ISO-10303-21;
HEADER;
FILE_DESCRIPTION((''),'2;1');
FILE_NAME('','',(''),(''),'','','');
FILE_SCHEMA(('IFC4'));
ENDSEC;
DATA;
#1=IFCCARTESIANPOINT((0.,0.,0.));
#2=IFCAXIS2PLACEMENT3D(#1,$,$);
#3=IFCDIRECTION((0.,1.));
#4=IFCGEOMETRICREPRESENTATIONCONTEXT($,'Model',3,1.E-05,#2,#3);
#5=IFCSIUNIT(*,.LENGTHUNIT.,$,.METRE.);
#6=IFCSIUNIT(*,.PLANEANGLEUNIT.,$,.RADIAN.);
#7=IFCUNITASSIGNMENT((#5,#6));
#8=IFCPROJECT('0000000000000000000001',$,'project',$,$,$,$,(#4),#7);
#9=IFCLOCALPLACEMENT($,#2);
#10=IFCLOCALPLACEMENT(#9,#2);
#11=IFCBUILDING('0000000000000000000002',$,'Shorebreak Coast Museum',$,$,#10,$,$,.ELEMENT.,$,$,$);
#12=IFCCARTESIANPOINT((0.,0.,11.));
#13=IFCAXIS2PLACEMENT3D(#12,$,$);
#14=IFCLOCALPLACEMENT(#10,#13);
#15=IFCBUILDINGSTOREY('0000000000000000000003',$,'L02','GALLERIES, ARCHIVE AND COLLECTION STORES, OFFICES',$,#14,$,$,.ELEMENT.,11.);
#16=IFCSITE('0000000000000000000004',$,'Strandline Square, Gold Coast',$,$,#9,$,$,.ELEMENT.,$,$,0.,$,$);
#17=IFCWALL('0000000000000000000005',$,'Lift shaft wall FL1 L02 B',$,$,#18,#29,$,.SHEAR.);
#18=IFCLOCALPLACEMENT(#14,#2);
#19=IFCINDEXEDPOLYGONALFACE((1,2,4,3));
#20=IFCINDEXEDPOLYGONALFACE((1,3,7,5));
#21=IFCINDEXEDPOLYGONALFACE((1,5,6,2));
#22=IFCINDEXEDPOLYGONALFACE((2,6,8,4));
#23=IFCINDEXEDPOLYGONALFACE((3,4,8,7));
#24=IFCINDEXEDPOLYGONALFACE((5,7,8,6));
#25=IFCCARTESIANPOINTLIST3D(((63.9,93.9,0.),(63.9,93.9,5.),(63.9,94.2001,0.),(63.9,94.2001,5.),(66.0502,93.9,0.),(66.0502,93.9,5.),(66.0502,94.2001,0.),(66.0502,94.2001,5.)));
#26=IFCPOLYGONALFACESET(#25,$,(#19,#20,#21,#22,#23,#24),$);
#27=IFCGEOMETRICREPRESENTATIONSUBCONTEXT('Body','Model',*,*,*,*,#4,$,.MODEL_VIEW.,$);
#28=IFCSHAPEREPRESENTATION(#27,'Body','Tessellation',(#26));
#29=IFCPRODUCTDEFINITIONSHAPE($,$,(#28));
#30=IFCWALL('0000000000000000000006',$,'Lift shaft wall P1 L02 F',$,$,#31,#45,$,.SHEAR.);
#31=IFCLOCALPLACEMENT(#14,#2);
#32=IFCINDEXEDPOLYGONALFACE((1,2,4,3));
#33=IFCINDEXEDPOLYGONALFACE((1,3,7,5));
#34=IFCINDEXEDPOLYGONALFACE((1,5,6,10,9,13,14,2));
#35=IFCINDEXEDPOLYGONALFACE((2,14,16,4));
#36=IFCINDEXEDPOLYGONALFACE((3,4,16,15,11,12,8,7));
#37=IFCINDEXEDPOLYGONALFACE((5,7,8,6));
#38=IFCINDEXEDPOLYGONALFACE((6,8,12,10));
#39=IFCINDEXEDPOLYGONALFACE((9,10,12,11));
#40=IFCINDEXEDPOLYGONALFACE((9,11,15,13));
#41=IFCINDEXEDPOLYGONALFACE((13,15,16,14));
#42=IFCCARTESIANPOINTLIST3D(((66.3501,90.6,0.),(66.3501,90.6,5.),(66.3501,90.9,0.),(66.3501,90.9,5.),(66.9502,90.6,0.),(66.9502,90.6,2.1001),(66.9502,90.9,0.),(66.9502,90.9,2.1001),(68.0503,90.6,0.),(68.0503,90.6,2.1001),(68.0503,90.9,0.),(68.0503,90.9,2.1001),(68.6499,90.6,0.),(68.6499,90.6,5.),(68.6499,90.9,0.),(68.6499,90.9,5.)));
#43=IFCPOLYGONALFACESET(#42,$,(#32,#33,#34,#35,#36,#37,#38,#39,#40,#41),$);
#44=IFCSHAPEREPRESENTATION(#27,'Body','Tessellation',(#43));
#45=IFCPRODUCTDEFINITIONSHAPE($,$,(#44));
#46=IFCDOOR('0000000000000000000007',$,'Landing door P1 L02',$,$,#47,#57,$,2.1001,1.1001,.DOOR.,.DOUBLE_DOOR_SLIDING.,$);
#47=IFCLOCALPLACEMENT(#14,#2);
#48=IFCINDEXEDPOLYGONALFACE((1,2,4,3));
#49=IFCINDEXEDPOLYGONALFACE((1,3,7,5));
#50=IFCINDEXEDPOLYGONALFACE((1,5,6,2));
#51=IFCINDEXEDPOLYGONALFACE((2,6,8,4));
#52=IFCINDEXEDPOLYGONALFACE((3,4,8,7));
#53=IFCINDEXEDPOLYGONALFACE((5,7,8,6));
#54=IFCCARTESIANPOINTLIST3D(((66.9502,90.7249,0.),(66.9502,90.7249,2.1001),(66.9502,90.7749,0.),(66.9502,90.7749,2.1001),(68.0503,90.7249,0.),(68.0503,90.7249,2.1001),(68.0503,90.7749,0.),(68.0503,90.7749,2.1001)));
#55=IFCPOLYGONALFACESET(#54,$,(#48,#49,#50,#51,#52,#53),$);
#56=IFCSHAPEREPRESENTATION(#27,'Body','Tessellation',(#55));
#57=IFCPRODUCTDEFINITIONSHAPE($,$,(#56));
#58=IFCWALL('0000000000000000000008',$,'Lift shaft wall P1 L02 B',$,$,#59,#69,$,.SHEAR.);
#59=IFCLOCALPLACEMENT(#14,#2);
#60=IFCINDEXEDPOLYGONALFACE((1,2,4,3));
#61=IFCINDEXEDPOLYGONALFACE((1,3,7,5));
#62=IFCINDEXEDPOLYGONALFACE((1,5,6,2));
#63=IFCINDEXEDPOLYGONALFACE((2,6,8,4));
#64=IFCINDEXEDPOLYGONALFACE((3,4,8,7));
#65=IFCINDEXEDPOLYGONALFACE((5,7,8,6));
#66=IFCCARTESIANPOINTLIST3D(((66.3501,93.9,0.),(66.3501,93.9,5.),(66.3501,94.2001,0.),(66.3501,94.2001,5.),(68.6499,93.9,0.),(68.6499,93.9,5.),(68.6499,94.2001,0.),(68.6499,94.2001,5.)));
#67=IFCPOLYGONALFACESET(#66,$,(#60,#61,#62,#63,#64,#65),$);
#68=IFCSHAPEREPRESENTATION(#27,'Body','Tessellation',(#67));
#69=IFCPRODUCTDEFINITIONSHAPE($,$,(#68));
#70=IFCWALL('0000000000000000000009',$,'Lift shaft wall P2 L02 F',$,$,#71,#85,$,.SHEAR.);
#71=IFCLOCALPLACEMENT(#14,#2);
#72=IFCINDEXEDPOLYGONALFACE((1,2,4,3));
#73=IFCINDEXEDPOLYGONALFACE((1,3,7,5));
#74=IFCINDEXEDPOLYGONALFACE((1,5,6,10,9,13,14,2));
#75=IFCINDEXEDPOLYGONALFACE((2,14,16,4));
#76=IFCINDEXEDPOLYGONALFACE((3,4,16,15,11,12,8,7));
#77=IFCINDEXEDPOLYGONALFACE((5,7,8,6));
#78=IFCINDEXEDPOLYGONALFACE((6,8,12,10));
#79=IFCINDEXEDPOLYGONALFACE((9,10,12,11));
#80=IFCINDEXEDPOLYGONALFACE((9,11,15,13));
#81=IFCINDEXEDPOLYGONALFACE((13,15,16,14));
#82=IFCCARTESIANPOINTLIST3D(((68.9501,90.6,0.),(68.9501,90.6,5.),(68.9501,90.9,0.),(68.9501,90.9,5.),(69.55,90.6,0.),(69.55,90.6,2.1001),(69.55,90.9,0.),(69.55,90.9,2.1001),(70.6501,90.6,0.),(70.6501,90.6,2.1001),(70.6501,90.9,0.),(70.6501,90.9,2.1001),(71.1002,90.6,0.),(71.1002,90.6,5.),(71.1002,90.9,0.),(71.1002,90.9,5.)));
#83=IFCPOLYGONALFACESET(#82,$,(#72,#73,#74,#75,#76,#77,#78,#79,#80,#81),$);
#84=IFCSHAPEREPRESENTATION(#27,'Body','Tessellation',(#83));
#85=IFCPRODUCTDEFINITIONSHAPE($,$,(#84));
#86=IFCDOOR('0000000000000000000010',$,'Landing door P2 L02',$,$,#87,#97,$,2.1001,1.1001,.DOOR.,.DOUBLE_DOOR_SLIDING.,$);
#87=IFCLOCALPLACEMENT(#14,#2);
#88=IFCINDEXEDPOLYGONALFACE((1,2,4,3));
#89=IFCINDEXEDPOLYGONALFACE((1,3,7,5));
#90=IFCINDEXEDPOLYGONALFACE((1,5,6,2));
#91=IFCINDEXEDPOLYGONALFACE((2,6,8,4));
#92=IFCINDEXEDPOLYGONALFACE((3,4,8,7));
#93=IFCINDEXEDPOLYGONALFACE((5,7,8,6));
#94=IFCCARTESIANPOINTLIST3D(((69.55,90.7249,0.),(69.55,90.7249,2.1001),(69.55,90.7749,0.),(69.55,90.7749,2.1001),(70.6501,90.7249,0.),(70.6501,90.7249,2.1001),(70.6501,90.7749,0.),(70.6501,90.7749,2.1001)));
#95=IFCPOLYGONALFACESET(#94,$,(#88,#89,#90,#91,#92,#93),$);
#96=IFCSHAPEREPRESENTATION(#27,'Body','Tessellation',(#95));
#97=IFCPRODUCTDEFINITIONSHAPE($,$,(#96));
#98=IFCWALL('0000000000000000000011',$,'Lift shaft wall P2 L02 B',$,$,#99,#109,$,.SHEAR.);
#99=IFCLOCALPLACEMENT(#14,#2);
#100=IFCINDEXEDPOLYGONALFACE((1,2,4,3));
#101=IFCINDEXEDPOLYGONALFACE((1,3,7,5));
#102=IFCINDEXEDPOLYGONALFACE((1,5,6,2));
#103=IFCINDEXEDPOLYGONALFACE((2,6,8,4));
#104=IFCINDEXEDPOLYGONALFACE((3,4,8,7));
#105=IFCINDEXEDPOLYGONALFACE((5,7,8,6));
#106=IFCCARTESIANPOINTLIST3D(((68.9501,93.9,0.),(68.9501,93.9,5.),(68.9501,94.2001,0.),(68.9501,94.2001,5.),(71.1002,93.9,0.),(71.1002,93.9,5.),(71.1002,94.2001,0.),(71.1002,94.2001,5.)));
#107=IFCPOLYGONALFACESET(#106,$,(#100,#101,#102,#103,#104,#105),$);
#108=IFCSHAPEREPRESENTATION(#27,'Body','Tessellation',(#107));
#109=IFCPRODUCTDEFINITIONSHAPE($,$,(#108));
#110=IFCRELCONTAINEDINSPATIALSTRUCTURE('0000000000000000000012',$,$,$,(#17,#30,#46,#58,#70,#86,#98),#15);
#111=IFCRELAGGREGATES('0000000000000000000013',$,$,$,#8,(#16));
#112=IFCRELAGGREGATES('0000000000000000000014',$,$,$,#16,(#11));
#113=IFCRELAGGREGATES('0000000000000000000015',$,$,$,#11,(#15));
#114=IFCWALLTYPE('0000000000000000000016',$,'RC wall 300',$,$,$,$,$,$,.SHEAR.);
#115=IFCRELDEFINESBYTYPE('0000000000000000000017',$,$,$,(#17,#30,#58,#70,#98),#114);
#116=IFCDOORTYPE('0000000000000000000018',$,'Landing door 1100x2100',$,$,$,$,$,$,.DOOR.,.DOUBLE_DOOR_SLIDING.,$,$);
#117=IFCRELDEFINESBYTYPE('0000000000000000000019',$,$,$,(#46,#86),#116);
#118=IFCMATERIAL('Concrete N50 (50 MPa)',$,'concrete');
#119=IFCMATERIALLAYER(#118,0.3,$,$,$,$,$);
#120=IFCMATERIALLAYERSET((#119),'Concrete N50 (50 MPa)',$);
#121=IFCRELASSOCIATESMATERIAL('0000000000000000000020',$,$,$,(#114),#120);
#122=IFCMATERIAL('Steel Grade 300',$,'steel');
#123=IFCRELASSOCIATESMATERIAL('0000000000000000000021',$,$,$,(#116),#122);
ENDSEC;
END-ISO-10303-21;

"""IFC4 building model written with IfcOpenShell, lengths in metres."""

from ifc_helpers import new_model, si_unit, direction, frame, frame_2d, origin, place, context, subcontext, project, spatial, rectangle, extrude, material, layer, layer_set, type_object, element, fill, save


model = new_model("IFC4")

# Units and contexts
model_context = context("Model", 3, precision=1e-05, world=origin(), true_north=direction((0.0, 1.0)))
body_context = subcontext(model_context, "Body", "Model", "MODEL_VIEW")
ifc_project = project(units=[si_unit("LENGTHUNIT", "METRE"), si_unit("PLANEANGLEUNIT", "RADIAN")], contexts=[model_context])

# Site, building, storey
site_placement = place(None, origin())
site = spatial("IfcSite", under=ifc_project, at=site_placement, Name="Strandline Square, Gold Coast", CompositionType="ELEMENT", RefElevation=0.0)
building_placement = place(site_placement, origin())
building = spatial("IfcBuilding", under=site, at=building_placement, Name="Shorebreak Coast Museum", CompositionType="ELEMENT")
storey_placement = place(building_placement, frame((0.0, 0.0, 11.0)))
storey = spatial("IfcBuildingStorey", under=building, at=storey_placement, Name="L02", Description="GALLERIES, ARCHIVE AND COLLECTION STORES, OFFICES", CompositionType="ELEMENT", Elevation=11.0)

# Wall
ifc_material_1 = material(Name="Concrete N50 (50 MPa)", Category="concrete")
ifc_layer_1 = layer(ifc_material_1, 0.3)
ifc_layer_set_1 = layer_set([ifc_layer_1], Name="Concrete N50 (50 MPa)")
wall_type_1 = type_object("IfcWallType", Name="RC wall 300", PredefinedType="SHEAR", material=ifc_layer_set_1)
wall_1_placement = place(storey_placement, frame((63.8999, 94.05, 0.0), z_axis=(0.0, 0.0, 1.0), x_axis=(1.0, 0.0, 0.0)))
element("IfcWall", 1, at=wall_1_placement, inside=storey, type_object=wall_type_1, Name="Lift shaft wall FL1 L02 B", PredefinedType="SHEAR", context=body_context, shape_type="SweptSolid", body=[
    extrude(rectangle(XDim=2.1501, YDim=0.3, at=frame_2d((1.0752, 0.0))), origin(), (0.0, 0.0, 1.0), 5.0),
])

# Wall, opening, door
wall_2_placement = place(storey_placement, frame((66.3501, 90.75, 0.0), z_axis=(0.0, 0.0, 1.0), x_axis=(1.0, 0.0, 0.0)))
wall_2 = element("IfcWall", 2, at=wall_2_placement, inside=storey, type_object=wall_type_1, Name="Lift shaft wall P1 L02 F", PredefinedType="SHEAR", context=body_context, shape_type="SweptSolid", body=[
    extrude(rectangle(XDim=2.2998, YDim=0.3, at=frame_2d((1.1499, 0.0))), origin(), (0.0, 0.0, 1.0), 5.0),
])
opening_1_placement = place(wall_2_placement, frame((0.6001, 0.0, 0.0)))
opening_1 = element("IfcOpeningElement", 3, at=opening_1_placement, cuts=wall_2, PredefinedType="OPENING", context=body_context, shape_type="SweptSolid", body=[
    extrude(rectangle(XDim=1.1001, YDim=2.1001, at=frame_2d((0.55, 1.05))), frame((0.0, 0.1599, 0.0), z_axis=(0.0, -1.0, 0.0), x_axis=(1.0, 0.0, 0.0)), (0.0, 0.0, 1.0), 0.3201),
])
ifc_material_2 = material(Name="Steel Grade 300", Category="steel")
door_type_1 = type_object("IfcDoorType", Name="Landing door 1100x2100", OperationType="DOUBLE_DOOR_SLIDING", PredefinedType="DOOR", material=ifc_material_2)
door_1_placement = place(opening_1_placement, origin())
door_1 = element("IfcDoor", 4, at=door_1_placement, inside=storey, type_object=door_type_1, Name="Landing door P1 L02", OperationType="DOUBLE_DOOR_SLIDING", OverallHeight=2.1001, OverallWidth=1.1001, PredefinedType="DOOR", context=body_context, shape_type="SweptSolid", body=[
    extrude(rectangle(XDim=1.1001, YDim=2.1001, at=frame_2d((0.55, 1.05))), frame((0.0, 0.0249, 0.0), z_axis=(0.0, -1.0, 0.0), x_axis=(1.0, 0.0, 0.0)), (0.0, 0.0, 1.0), 0.05),
])
fill(opening_1, door_1)

# Wall
wall_3_placement = place(storey_placement, frame((66.3501, 94.05, 0.0), z_axis=(0.0, 0.0, 1.0), x_axis=(1.0, 0.0, 0.0)))
element("IfcWall", 5, at=wall_3_placement, inside=storey, type_object=wall_type_1, Name="Lift shaft wall P1 L02 B", PredefinedType="SHEAR", context=body_context, shape_type="SweptSolid", body=[
    extrude(rectangle(XDim=2.2998, YDim=0.3, at=frame_2d((1.1499, 0.0))), origin(), (0.0, 0.0, 1.0), 5.0),
])

# Wall, opening, door
wall_4_placement = place(storey_placement, frame((68.95, 90.75, 0.0), z_axis=(0.0, 0.0, 1.0), x_axis=(1.0, 0.0, 0.0)))
wall_4 = element("IfcWall", 6, at=wall_4_placement, inside=storey, type_object=wall_type_1, Name="Lift shaft wall P2 L02 F", PredefinedType="SHEAR", context=body_context, shape_type="SweptSolid", body=[
    extrude(rectangle(XDim=2.1501, YDim=0.3, at=frame_2d((1.0752, 0.0))), origin(), (0.0, 0.0, 1.0), 5.0),
])
opening_2_placement = place(wall_4_placement, frame((0.6001, 0.0, 0.0)))
opening_2 = element("IfcOpeningElement", 7, at=opening_2_placement, cuts=wall_4, PredefinedType="OPENING", context=body_context, shape_type="SweptSolid", body=[
    extrude(rectangle(XDim=1.1001, YDim=2.1001, at=frame_2d((0.55, 1.05))), frame((0.0, 0.1599, 0.0), z_axis=(0.0, -1.0, 0.0), x_axis=(1.0, 0.0, 0.0)), (0.0, 0.0, 1.0), 0.3201),
])
door_2_placement = place(opening_2_placement, origin())
door_2 = element("IfcDoor", 8, at=door_2_placement, inside=storey, type_object=door_type_1, Name="Landing door P2 L02", OperationType="DOUBLE_DOOR_SLIDING", OverallHeight=2.1001, OverallWidth=1.1001, PredefinedType="DOOR", context=body_context, shape_type="SweptSolid", body=[
    extrude(rectangle(XDim=1.1001, YDim=2.1001, at=frame_2d((0.55, 1.05))), frame((0.0, 0.0249, 0.0), z_axis=(0.0, -1.0, 0.0), x_axis=(1.0, 0.0, 0.0)), (0.0, 0.0, 1.0), 0.05),
])
fill(opening_2, door_2)

# Wall
wall_5_placement = place(storey_placement, frame((68.95, 94.05, 0.0), z_axis=(0.0, 0.0, 1.0), x_axis=(1.0, 0.0, 0.0)))
element("IfcWall", 9, at=wall_5_placement, inside=storey, type_object=wall_type_1, Name="Lift shaft wall P2 L02 B", PredefinedType="SHEAR", context=body_context, shape_type="SweptSolid", body=[
    extrude(rectangle(XDim=2.1501, YDim=0.3, at=frame_2d((1.0752, 0.0))), origin(), (0.0, 0.0, 1.0), 5.0),
])

save(model, "model.ifc")
